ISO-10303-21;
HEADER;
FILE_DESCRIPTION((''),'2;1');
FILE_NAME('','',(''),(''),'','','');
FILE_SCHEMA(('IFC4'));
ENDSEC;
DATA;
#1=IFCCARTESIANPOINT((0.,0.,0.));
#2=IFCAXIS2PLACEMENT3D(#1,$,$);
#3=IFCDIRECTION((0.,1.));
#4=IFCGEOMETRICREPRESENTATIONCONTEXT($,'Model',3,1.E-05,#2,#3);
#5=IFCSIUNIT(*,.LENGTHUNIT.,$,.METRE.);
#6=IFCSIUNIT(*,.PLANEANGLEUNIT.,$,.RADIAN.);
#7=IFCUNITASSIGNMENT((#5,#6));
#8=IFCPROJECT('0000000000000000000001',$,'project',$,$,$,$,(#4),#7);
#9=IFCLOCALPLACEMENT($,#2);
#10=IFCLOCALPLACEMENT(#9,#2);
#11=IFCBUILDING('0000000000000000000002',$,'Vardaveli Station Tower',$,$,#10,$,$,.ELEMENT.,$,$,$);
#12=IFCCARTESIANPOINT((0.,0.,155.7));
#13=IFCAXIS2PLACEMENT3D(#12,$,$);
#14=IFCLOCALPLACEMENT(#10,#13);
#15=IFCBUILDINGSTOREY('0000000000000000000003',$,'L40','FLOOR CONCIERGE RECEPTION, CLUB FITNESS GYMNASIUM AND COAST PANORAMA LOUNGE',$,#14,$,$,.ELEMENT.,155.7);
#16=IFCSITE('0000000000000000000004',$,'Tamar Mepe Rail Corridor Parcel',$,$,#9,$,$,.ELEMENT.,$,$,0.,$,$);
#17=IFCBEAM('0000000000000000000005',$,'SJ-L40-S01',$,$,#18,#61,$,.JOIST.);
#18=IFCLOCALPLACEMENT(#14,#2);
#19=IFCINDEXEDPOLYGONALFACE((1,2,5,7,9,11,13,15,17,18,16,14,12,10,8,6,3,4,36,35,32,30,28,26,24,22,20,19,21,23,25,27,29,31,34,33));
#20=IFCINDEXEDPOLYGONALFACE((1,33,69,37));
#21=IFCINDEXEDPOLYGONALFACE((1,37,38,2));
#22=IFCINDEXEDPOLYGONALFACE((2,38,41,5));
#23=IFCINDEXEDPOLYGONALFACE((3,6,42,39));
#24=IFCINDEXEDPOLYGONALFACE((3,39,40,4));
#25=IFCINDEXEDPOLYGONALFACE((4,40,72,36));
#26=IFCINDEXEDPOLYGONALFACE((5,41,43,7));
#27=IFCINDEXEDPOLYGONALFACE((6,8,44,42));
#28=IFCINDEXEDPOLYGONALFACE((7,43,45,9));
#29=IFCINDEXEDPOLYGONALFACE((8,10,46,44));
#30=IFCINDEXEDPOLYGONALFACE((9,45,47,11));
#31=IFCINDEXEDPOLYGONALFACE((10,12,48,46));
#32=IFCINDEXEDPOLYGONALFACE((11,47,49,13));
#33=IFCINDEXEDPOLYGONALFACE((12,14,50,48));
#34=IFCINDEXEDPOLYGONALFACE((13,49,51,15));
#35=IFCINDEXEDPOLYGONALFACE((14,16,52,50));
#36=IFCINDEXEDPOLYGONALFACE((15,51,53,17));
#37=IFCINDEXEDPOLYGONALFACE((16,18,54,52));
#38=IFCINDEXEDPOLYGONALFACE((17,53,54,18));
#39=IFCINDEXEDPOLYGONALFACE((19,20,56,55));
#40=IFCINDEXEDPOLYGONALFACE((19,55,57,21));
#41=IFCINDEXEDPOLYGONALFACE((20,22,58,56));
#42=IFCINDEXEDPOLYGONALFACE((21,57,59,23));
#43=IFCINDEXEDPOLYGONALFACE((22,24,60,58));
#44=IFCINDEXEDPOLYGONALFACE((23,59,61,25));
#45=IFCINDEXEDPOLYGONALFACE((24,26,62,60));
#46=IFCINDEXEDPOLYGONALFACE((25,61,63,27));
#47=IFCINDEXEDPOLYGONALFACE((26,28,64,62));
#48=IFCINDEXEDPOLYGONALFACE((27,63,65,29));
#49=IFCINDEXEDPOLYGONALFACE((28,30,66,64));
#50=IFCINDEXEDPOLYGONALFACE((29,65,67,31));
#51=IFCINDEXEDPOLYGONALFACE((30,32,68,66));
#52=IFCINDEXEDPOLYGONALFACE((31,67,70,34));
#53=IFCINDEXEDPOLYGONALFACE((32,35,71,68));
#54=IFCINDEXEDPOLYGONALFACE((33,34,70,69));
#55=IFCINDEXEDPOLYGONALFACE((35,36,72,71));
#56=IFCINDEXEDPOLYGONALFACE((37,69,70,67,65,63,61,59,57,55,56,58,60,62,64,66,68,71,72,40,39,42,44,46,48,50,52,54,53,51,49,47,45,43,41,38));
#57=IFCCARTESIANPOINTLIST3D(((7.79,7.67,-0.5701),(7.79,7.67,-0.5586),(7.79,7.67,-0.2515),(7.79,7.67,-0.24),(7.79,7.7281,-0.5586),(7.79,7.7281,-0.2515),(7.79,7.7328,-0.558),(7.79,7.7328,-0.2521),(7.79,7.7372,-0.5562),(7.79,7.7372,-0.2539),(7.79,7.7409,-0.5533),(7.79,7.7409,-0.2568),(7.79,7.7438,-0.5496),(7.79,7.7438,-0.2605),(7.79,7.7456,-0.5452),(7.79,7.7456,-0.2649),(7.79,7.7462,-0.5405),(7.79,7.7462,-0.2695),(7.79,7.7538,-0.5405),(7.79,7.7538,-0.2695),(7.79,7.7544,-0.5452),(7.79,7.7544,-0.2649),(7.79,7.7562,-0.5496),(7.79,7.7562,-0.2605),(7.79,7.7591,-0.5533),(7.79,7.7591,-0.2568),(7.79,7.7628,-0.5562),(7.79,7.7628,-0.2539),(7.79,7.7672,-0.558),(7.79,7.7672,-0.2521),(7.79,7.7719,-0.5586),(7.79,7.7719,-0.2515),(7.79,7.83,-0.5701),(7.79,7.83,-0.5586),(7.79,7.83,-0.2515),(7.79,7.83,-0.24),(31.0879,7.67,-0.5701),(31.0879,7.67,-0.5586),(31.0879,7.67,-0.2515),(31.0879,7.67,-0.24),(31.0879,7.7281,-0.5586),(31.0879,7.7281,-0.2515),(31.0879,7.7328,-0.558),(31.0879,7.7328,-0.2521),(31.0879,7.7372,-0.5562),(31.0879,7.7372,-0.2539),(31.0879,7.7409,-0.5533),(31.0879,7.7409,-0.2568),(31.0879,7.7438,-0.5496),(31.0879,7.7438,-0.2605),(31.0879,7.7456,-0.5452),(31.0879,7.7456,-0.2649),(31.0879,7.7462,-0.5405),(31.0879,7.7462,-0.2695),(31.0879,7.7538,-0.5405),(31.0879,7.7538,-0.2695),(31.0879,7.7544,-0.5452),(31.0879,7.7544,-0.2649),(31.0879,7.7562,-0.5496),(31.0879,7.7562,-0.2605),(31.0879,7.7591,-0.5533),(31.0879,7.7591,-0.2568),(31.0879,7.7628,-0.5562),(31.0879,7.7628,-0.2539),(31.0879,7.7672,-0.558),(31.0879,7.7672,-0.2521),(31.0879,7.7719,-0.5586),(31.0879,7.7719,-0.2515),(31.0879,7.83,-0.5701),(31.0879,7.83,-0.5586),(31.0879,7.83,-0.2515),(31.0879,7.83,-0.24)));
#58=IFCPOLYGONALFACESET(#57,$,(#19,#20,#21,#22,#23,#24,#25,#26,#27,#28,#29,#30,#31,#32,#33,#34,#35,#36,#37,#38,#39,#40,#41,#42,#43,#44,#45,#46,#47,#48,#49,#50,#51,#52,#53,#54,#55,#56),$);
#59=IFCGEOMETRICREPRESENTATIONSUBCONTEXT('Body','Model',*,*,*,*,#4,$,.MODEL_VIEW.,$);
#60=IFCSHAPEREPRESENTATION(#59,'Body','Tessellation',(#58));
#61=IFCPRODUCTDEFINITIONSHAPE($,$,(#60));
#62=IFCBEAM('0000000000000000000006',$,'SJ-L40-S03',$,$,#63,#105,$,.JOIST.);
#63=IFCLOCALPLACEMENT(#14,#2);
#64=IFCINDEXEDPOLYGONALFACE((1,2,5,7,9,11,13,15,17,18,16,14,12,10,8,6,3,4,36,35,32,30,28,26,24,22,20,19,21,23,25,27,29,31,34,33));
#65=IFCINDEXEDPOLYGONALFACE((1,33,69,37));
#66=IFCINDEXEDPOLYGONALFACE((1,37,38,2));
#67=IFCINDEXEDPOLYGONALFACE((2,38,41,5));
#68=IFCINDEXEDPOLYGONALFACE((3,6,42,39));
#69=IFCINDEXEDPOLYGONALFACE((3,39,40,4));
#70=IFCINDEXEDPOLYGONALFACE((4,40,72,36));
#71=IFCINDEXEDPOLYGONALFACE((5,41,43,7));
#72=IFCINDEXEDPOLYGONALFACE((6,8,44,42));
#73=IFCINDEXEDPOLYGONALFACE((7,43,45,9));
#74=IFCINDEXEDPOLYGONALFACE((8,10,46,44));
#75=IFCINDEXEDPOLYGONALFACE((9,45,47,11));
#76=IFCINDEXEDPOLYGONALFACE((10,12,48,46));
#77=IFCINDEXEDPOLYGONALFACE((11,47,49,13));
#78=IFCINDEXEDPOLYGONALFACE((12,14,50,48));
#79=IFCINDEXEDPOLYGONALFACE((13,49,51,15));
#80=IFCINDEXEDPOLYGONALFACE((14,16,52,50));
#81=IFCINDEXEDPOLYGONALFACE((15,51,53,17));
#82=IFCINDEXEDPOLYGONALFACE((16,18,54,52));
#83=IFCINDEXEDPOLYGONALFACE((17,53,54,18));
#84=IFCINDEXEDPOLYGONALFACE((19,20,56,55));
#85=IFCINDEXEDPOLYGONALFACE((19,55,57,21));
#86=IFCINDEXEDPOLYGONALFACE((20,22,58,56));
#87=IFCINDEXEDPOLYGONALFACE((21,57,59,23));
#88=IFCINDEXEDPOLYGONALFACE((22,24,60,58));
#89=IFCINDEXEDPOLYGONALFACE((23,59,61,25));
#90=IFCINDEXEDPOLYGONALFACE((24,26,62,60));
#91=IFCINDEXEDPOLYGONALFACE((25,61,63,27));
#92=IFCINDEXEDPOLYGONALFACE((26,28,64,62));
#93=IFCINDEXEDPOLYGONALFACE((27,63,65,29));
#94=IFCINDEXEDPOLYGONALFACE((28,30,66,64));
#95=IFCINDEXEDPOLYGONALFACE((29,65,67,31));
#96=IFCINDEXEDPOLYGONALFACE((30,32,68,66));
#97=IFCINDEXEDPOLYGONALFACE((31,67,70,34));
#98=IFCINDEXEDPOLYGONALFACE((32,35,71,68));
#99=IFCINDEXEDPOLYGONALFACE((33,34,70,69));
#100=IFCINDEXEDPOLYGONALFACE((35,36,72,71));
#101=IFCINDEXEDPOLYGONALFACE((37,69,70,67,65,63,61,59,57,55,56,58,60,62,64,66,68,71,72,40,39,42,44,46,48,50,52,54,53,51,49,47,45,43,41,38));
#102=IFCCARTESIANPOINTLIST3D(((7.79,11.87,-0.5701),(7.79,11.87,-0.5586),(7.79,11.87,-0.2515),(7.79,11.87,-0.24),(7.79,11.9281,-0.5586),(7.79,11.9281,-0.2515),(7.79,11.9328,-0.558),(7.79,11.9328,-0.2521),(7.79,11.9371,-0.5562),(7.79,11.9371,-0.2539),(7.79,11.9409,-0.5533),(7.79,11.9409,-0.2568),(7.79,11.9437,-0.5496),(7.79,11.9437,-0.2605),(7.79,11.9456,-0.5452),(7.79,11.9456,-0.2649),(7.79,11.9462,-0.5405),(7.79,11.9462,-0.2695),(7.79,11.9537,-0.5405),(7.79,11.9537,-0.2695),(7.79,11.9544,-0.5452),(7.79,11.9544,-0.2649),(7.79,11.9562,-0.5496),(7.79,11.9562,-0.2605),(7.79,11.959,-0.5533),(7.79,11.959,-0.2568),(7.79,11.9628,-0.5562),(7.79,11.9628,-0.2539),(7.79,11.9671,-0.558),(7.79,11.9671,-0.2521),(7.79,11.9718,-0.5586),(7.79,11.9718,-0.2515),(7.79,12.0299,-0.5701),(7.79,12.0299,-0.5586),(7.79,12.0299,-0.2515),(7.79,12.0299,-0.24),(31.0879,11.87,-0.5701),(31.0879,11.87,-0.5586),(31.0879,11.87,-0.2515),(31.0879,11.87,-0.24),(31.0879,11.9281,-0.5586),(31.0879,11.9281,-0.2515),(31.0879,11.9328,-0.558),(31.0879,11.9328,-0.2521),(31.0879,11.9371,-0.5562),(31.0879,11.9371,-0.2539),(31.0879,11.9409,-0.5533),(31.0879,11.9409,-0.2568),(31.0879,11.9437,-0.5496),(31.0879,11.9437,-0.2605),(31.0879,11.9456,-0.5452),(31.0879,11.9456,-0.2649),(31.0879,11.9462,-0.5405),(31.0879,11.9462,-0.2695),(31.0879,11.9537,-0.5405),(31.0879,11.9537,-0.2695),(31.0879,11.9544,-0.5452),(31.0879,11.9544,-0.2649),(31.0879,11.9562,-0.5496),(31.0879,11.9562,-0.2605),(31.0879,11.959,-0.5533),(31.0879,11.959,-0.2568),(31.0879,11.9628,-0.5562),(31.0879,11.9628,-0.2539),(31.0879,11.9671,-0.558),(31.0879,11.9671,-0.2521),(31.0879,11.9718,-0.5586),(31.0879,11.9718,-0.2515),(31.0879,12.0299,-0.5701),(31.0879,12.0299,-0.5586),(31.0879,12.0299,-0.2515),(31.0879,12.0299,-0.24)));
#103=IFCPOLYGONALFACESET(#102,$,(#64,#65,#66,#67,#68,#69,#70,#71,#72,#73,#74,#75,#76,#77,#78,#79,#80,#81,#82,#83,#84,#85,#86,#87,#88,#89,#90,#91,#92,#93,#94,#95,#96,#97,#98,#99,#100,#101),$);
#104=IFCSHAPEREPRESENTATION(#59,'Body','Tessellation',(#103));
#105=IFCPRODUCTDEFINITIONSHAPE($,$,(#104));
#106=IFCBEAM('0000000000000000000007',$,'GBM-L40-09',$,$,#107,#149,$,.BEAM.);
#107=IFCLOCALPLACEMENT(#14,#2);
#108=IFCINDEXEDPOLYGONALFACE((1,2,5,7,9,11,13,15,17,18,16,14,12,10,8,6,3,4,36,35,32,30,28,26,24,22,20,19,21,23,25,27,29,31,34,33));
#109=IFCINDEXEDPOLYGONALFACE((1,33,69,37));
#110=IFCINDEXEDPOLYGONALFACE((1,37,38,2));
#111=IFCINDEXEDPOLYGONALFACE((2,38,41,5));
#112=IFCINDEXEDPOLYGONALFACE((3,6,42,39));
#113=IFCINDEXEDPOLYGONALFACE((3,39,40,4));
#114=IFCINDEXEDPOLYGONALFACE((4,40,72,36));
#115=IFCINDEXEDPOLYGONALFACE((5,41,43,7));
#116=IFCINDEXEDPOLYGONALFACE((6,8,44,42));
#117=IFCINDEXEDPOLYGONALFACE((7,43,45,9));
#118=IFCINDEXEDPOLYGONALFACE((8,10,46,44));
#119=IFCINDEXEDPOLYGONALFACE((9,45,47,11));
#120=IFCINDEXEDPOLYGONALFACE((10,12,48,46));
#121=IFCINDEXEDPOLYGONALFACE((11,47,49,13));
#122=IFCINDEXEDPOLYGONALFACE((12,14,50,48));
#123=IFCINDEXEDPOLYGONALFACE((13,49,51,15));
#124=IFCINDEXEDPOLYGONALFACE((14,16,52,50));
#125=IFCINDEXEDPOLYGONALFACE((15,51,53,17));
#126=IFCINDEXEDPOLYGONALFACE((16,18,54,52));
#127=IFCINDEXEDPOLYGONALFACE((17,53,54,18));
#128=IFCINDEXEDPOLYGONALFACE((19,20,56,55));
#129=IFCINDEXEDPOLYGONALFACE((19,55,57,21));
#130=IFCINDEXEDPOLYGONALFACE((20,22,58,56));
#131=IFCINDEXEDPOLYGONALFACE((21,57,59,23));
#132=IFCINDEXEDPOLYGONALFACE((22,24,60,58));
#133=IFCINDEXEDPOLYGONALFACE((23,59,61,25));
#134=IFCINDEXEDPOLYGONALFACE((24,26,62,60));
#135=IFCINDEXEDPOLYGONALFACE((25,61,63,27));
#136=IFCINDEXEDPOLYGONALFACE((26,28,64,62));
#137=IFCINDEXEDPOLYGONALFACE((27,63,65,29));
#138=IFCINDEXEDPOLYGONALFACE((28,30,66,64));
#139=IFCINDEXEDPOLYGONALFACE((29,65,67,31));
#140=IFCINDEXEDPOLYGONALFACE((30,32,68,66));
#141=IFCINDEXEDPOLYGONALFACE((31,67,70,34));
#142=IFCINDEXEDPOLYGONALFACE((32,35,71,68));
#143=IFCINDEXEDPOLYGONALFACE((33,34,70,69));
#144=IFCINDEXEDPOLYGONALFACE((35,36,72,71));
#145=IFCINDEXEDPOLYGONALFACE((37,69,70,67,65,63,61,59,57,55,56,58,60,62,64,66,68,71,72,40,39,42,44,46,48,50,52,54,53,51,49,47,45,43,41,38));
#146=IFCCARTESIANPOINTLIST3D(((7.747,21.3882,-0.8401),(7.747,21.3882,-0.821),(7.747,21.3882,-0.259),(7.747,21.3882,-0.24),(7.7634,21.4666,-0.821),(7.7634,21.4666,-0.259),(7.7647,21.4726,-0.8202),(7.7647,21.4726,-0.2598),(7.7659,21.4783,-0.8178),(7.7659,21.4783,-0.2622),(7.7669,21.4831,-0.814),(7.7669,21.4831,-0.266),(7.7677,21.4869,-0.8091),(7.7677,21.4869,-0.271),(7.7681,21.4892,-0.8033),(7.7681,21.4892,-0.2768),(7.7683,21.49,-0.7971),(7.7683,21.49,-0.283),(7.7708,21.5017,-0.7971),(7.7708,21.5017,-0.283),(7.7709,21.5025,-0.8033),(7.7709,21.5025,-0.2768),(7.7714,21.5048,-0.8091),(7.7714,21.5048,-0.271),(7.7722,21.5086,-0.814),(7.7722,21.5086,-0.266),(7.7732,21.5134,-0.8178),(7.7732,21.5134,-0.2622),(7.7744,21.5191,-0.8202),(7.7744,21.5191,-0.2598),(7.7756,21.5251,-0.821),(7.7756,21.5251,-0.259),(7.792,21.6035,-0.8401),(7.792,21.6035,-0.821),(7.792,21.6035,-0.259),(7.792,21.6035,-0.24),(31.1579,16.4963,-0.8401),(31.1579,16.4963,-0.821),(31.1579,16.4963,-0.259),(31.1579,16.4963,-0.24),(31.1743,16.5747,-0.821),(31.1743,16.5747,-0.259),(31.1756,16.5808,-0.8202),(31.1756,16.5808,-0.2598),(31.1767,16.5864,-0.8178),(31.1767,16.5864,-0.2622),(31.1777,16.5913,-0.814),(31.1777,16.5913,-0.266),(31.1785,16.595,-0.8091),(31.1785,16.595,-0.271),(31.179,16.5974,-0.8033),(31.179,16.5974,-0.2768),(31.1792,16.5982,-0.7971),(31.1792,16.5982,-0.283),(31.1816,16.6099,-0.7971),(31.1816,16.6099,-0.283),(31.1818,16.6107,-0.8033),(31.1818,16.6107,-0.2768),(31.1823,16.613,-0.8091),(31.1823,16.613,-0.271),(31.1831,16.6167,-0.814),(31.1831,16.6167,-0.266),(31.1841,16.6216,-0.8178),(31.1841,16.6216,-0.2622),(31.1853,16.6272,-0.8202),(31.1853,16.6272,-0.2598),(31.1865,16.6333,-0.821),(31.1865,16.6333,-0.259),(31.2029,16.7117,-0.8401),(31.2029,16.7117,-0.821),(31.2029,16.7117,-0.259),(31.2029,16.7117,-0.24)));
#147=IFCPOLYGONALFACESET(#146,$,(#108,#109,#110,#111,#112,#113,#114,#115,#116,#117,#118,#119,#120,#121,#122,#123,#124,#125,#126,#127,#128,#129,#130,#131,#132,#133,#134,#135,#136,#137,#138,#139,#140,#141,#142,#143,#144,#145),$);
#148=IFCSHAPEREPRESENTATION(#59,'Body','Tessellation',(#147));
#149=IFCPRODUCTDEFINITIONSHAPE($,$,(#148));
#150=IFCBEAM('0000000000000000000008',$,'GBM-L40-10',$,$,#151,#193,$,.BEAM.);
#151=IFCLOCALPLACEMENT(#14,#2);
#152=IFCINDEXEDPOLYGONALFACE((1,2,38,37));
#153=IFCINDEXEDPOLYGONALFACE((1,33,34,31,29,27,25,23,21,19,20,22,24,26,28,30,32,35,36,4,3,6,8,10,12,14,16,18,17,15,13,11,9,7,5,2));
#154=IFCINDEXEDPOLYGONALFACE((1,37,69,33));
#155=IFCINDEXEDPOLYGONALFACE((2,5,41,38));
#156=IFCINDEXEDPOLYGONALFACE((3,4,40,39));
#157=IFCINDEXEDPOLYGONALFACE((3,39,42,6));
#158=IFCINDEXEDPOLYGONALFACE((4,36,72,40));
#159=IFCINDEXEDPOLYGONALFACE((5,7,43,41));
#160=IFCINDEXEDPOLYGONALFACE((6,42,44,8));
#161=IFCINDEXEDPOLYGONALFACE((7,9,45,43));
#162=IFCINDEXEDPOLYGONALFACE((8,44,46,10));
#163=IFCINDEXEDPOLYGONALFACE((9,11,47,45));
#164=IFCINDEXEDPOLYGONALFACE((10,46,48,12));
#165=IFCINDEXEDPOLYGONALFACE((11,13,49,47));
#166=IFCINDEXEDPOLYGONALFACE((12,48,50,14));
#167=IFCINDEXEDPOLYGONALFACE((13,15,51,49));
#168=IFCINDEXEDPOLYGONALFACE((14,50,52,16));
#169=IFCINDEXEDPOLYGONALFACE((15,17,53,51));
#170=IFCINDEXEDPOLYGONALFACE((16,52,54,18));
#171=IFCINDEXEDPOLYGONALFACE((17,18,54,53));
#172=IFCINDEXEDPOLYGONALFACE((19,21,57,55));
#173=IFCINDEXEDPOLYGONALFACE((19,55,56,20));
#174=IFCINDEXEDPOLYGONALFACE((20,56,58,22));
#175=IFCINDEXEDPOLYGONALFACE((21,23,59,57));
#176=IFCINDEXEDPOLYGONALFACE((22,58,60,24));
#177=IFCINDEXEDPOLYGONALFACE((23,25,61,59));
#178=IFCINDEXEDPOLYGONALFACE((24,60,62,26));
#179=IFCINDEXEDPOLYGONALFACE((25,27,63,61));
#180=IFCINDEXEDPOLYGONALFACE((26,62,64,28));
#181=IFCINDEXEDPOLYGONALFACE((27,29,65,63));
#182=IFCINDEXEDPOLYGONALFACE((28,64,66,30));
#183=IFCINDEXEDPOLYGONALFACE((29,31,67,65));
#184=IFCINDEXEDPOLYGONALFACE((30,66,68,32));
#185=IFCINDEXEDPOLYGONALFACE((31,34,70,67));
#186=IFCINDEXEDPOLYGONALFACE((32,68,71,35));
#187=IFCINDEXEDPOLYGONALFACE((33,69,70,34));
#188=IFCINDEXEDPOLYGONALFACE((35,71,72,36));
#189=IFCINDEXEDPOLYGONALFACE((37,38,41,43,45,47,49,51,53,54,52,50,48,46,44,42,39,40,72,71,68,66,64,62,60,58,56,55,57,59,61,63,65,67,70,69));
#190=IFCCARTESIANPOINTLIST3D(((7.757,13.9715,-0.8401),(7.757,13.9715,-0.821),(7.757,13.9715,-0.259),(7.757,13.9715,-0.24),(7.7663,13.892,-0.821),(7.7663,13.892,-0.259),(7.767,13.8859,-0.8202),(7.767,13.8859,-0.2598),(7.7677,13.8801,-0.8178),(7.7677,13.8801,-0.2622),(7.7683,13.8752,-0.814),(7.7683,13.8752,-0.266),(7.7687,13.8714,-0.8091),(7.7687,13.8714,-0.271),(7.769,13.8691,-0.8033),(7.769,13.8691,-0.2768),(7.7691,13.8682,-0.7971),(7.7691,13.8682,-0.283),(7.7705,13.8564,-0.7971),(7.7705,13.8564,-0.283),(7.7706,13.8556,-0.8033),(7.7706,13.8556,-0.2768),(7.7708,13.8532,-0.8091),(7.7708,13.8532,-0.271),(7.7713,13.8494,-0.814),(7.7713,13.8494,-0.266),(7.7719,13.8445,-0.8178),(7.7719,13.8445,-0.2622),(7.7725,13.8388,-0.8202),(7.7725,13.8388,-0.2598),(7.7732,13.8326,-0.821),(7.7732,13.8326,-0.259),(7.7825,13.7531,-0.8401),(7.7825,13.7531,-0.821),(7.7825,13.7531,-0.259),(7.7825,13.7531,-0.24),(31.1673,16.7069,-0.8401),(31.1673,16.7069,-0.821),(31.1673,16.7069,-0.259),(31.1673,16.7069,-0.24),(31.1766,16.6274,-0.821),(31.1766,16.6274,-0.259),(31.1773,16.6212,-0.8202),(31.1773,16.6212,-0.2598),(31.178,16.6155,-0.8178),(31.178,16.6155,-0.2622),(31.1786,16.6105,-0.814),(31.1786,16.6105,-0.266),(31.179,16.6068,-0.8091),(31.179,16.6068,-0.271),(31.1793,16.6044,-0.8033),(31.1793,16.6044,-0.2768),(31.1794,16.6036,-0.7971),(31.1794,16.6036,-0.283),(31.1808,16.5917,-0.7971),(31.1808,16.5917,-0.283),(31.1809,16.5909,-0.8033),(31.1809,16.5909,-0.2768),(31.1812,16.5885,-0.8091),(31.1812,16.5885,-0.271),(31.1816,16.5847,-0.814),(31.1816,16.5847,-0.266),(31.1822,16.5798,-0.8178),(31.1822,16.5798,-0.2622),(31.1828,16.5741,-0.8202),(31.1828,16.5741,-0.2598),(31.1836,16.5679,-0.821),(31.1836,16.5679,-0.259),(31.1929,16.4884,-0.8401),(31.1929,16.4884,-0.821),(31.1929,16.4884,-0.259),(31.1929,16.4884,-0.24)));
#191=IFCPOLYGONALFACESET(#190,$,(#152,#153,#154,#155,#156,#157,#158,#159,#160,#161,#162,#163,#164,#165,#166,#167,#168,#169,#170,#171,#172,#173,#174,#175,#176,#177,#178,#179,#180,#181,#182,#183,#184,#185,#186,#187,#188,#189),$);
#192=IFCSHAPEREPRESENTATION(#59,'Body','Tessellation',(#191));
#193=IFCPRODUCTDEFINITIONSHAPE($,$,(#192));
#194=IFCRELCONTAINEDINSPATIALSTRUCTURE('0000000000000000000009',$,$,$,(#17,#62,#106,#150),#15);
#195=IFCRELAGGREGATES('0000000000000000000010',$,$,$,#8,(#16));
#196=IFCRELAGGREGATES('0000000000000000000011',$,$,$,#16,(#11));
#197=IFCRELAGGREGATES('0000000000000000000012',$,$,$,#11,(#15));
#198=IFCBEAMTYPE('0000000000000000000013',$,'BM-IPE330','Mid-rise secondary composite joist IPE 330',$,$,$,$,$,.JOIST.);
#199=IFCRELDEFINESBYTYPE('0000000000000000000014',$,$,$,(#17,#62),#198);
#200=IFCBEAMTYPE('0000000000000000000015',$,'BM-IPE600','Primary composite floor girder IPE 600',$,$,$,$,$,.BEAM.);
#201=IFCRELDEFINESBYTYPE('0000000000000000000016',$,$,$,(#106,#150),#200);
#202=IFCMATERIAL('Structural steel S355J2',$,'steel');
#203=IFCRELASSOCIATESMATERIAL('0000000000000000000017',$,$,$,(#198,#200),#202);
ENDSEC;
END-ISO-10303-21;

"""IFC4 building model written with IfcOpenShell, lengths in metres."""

from ifc_helpers import new_model, si_unit, direction, frame, origin, origin_2d, place, context, subcontext, project, spatial, i_section, extrude, source, transform, mapped, material, material_profile, profile_set, type_object, element, save


model = new_model("IFC4")

# Units and contexts
model_context = context("Model", 3, precision=1e-05, world=origin(), true_north=direction((0.0, 1.0)))
body_context = subcontext(model_context, "Body", "Model", "MODEL_VIEW")
ifc_project = project(units=[si_unit("LENGTHUNIT", "METRE"), si_unit("PLANEANGLEUNIT", "RADIAN")], contexts=[model_context])

# Site, building, storey
site_placement = place(None, origin())
site = spatial("IfcSite", under=ifc_project, at=site_placement, Name="Tamar Mepe Rail Corridor Parcel", CompositionType="ELEMENT", RefElevation=0.0)
building_placement = place(site_placement, origin())
building = spatial("IfcBuilding", under=site, at=building_placement, Name="Vardaveli Station Tower", CompositionType="ELEMENT")
storey_placement = place(building_placement, frame((0.0, 0.0, 155.7)))
storey = spatial("IfcBuildingStorey", under=building, at=storey_placement, Name="L40", Description="FLOOR CONCIERGE RECEPTION, CLUB FITNESS GYMNASIUM AND COAST PANORAMA LOUNGE", CompositionType="ELEMENT", Elevation=155.7)

# Beams
ifc_material_1 = material(Name="Structural steel S355J2", Category="steel")
ifc_material_profile_1 = material_profile(ifc_material_1, i_section(OverallWidth=0.1599, OverallDepth=0.3301, WebThickness=0.0076, FlangeThickness=0.0115, FilletRadius=0.0181, at=origin_2d()), Name="IPE 330")
ifc_profile_set_1 = profile_set([ifc_material_profile_1], Name="Structural steel S355J2")
beam_type_1 = type_object("IfcBeamType", Name="BM-IPE330", Description="Mid-rise secondary composite joist IPE 330", PredefinedType="JOIST", material=ifc_profile_set_1)
shared_shape_1 = source(origin(), body_context, "Body", "SweptSolid", [
    extrude(i_section(OverallWidth=0.1599, OverallDepth=0.3301, WebThickness=0.0076, FlangeThickness=0.0115, FilletRadius=0.0181, at=origin_2d()), origin(), (0.0, 0.0, 1.0), 23.2979),
])
for number, where, z_axis, x_axis, name in (
    (1, (7.79, 7.75, -0.405), (1.0, 0.0, 0.0), (0.0, 1.0, 0.0), "SJ-L40-S01"),
    (2, (7.79, 11.95, -0.405), (1.0, 0.0, 0.0), (0.0, 1.0, 0.0), "SJ-L40-S03"),
):
    element("IfcBeam", number, at=place(storey_placement, frame(where, z_axis=z_axis, x_axis=x_axis)), inside=storey, type_object=beam_type_1, Name=name, PredefinedType="JOIST", context=body_context, shape_type="MappedRepresentation", body=[
        mapped(shared_shape_1, transform((0.0, 0.0, 0.0), scale=1.0)),
    ])
ifc_material_profile_2 = material_profile(ifc_material_1, i_section(OverallWidth=0.22, OverallDepth=0.6001, WebThickness=0.012, FlangeThickness=0.019, FilletRadius=0.0239, at=origin_2d()), Name="IPE 600")
ifc_profile_set_2 = profile_set([ifc_material_profile_2], Name="Structural steel S355J2")
beam_type_2 = type_object("IfcBeamType", Name="BM-IPE600", Description="Primary composite floor girder IPE 600", PredefinedType="BEAM", material=ifc_profile_set_2)
shared_shape_2 = source(origin(), body_context, "Body", "SweptSolid", [
    extrude(i_section(OverallWidth=0.22, OverallDepth=0.6001, WebThickness=0.012, FlangeThickness=0.019, FilletRadius=0.0239, at=origin_2d()), origin(), (0.0, 0.0, 1.0), 23.9165),
])
beam_1_placement = place(storey_placement, frame((7.7695, 21.4958, -0.54), z_axis=(0.978859, -0.204538, 0.0), x_axis=(0.204538, 0.978859, 0.0)))
element("IfcBeam", 3, at=beam_1_placement, inside=storey, type_object=beam_type_2, Name="GBM-L40-09", PredefinedType="BEAM", context=body_context, shape_type="MappedRepresentation", body=[
    mapped(shared_shape_2, transform((0.0, 0.0, 0.0), scale=1.0)),
])
shared_shape_3 = source(origin(), body_context, "Body", "SweptSolid", [
    extrude(i_section(OverallWidth=0.22, OverallDepth=0.6001, WebThickness=0.012, FlangeThickness=0.019, FilletRadius=0.0239, at=origin_2d()), origin(), (0.0, 0.0, 1.0), 23.5696),
])
beam_2_placement = place(storey_placement, frame((7.7698, 13.8623, -0.54), z_axis=(0.993243, 0.116054, 0.0), x_axis=(-0.116054, 0.993243, 0.0)))
element("IfcBeam", 4, at=beam_2_placement, inside=storey, type_object=beam_type_2, Name="GBM-L40-10", PredefinedType="BEAM", context=body_context, shape_type="MappedRepresentation", body=[
    mapped(shared_shape_3, transform((0.0, 0.0, 0.0), scale=1.0)),
])

save(model, "model.ifc")
